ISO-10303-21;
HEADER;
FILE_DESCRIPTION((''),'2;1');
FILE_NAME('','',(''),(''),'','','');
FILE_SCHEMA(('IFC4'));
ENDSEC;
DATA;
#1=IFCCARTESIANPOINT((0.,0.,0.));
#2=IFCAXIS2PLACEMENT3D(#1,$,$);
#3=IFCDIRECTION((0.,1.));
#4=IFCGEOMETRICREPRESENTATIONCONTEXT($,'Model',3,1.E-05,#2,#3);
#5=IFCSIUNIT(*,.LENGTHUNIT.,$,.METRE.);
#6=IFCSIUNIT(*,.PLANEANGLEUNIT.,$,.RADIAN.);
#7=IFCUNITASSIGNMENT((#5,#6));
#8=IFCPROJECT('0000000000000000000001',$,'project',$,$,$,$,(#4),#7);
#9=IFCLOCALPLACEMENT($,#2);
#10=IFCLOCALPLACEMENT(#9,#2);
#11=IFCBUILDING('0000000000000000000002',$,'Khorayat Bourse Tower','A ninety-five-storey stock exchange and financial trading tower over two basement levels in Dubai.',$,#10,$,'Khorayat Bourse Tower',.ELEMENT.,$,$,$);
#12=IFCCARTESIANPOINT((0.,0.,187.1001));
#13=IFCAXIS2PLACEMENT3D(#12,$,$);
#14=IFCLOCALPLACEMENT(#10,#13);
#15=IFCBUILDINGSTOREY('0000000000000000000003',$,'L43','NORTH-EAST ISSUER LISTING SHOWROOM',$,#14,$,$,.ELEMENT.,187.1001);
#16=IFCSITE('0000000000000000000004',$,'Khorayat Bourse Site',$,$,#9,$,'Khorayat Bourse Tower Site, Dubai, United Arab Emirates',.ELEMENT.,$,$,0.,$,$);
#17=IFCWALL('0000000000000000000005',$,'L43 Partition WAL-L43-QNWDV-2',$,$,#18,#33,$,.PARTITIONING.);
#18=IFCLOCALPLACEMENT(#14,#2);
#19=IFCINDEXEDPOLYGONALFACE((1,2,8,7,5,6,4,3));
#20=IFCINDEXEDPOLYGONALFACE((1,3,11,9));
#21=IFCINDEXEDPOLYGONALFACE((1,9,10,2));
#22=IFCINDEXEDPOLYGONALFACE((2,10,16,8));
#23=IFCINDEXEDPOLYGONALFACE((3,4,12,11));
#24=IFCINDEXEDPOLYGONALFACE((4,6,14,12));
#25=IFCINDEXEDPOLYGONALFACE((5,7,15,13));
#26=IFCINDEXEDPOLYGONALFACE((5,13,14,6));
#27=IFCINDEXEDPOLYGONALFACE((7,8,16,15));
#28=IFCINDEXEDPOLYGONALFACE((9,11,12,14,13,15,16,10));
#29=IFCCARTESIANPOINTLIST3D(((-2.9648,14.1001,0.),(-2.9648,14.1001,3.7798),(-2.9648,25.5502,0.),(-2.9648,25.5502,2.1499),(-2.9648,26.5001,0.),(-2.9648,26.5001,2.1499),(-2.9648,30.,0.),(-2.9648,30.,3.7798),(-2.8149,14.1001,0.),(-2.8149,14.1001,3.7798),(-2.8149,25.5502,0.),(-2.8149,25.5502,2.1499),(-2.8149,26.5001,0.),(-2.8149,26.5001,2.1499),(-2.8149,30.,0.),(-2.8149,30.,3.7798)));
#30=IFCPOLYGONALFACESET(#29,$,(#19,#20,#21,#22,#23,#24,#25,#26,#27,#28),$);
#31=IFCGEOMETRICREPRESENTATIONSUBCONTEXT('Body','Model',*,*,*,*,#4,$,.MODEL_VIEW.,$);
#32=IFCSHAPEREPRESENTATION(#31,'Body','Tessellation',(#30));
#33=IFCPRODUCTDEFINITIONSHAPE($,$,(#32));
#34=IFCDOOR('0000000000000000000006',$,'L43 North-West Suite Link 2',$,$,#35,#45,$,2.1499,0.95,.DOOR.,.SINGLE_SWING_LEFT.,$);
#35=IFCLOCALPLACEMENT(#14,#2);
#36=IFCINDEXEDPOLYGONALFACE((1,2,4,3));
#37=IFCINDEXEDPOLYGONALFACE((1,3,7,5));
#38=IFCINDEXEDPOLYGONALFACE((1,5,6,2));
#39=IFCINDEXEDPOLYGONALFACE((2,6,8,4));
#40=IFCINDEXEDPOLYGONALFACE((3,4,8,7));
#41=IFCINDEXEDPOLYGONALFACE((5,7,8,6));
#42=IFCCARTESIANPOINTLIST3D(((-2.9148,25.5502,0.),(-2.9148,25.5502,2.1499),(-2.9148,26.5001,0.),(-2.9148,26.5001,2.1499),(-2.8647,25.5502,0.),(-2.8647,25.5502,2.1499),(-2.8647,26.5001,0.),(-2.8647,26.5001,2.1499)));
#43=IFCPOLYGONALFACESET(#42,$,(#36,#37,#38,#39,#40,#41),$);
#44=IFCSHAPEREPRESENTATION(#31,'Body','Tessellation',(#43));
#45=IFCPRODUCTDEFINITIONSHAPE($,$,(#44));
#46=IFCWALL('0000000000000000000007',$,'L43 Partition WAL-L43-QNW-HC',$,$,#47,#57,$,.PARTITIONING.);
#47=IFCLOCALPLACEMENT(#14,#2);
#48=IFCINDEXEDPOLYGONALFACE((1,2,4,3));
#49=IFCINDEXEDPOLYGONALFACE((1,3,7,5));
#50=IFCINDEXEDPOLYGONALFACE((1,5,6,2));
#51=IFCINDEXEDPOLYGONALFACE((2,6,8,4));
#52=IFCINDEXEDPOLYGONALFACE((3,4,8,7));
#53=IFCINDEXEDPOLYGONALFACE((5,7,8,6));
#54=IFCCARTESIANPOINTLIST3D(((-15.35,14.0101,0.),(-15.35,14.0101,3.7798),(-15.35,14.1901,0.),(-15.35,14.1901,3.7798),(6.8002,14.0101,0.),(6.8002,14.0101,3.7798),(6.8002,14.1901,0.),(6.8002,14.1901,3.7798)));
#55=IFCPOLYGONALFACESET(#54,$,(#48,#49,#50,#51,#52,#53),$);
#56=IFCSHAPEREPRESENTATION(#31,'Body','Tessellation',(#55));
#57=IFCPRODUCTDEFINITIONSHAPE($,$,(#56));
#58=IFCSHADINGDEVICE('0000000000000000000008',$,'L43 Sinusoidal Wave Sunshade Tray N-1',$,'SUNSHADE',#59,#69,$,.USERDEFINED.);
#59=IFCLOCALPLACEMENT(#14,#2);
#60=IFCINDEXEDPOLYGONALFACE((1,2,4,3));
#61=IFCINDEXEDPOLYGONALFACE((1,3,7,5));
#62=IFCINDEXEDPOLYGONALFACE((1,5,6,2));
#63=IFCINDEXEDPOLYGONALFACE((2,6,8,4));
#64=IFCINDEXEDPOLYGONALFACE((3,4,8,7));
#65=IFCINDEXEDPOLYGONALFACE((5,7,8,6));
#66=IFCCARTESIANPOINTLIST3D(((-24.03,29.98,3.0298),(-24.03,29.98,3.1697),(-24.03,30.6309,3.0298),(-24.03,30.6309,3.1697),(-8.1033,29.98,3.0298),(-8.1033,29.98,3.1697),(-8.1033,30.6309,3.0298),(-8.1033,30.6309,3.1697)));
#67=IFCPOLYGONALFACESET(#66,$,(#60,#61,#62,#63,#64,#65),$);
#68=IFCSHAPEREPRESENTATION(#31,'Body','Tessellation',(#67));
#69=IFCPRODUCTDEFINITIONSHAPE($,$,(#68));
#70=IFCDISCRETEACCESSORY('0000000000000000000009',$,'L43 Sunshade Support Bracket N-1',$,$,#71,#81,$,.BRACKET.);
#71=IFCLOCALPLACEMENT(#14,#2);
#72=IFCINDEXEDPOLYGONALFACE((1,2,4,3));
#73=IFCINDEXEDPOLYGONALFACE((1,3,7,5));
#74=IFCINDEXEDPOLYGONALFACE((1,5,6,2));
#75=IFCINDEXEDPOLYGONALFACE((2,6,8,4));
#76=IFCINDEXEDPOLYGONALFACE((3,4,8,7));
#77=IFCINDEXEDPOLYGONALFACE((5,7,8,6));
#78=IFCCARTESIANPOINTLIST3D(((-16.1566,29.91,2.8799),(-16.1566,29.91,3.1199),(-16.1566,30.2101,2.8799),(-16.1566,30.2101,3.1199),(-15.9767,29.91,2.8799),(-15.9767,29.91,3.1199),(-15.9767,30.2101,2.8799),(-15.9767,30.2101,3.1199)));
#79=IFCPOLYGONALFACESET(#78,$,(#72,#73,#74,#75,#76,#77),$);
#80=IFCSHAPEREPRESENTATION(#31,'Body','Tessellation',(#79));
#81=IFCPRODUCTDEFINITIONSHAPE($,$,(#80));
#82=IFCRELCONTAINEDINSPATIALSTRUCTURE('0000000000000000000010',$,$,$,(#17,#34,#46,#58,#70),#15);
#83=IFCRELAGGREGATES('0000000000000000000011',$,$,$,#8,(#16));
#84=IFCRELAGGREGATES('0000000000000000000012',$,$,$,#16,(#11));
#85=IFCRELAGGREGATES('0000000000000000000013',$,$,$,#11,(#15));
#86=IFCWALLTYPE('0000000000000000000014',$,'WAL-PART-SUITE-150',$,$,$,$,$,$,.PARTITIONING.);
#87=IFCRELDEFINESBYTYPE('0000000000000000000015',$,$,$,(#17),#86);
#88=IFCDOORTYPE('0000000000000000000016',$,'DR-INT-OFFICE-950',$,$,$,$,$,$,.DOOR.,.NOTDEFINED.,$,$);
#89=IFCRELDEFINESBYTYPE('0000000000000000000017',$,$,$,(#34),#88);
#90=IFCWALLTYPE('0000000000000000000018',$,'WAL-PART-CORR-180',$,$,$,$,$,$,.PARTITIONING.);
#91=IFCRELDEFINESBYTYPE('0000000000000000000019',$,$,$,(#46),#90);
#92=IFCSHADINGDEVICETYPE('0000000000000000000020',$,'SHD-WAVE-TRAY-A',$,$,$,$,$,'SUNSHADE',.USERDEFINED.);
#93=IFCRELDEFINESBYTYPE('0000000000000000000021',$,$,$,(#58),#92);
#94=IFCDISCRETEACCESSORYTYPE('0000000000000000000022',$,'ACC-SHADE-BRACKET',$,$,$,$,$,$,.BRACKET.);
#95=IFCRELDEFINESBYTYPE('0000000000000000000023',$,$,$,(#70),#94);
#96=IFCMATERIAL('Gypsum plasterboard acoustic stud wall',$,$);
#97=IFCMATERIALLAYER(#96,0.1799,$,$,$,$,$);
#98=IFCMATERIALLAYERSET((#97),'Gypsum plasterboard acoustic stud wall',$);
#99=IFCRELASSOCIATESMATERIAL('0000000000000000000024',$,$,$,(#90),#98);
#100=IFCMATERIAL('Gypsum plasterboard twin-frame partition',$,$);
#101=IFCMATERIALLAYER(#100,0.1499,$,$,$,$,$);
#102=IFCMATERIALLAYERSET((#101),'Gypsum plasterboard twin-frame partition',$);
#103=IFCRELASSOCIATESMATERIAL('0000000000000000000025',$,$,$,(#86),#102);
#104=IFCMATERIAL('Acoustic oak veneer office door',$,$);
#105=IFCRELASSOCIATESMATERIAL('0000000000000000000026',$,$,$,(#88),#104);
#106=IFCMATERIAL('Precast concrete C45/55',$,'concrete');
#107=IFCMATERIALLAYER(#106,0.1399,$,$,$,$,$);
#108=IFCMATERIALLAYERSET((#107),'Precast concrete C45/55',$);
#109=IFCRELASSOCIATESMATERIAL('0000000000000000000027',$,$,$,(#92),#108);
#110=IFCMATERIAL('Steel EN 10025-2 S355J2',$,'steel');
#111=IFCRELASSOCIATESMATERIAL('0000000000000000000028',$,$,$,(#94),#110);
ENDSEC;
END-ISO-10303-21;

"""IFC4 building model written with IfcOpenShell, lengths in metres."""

from ifc_helpers import new_model, si_unit, direction, frame, frame_2d, origin, origin_2d, place, context, subcontext, project, spatial, rectangle, extrude, source, transform, mapped, material, layer, layer_set, type_object, element, fill, save


model = new_model("IFC4")

# Units and contexts
model_context = context("Model", 3, precision=1e-05, world=origin(), true_north=direction((0.0, 1.0)))
body_context = subcontext(model_context, "Body", "Model", "MODEL_VIEW")
ifc_project = project(units=[si_unit("LENGTHUNIT", "METRE"), si_unit("PLANEANGLEUNIT", "RADIAN")], contexts=[model_context])

# Site, building, storey
site_placement = place(None, origin())
site = spatial("IfcSite", under=ifc_project, at=site_placement, Name="Khorayat Bourse Site", LongName="Khorayat Bourse Tower Site, Dubai, United Arab Emirates", CompositionType="ELEMENT", RefElevation=0.0)
building_placement = place(site_placement, origin())
building = spatial("IfcBuilding", under=site, at=building_placement, Name="Khorayat Bourse Tower", Description="A ninety-five-storey stock exchange and financial trading tower over two basement levels in Dubai.", LongName="Khorayat Bourse Tower", CompositionType="ELEMENT")
storey_placement = place(building_placement, frame((0.0, 0.0, 187.1001)))
storey = spatial("IfcBuildingStorey", under=building, at=storey_placement, Name="L43", Description="NORTH-EAST ISSUER LISTING SHOWROOM", CompositionType="ELEMENT", Elevation=187.1001)

# Shared definitions
ifc_material_1 = material(Name="Steel EN 10025-2 S355J2", Category="steel")

# Shared definitions
ifc_material_2 = material(Name="Gypsum plasterboard acoustic stud wall")
ifc_layer_1 = layer(ifc_material_2, 0.1799)
ifc_layer_set_1 = layer_set([ifc_layer_1], Name="Gypsum plasterboard acoustic stud wall")
wall_type_1 = type_object("IfcWallType", Name="WAL-PART-CORR-180", PredefinedType="PARTITIONING", material=ifc_layer_set_1)

# Wall, opening, door
ifc_material_3 = material(Name="Gypsum plasterboard twin-frame partition")
ifc_layer_2 = layer(ifc_material_3, 0.1499)
ifc_layer_set_2 = layer_set([ifc_layer_2], Name="Gypsum plasterboard twin-frame partition")
wall_type_2 = type_object("IfcWallType", Name="WAL-PART-SUITE-150", PredefinedType="PARTITIONING", material=ifc_layer_set_2)
shared_shape_1 = source(origin(), body_context, "Body", "SweptSolid", [
    extrude(rectangle(XDim=15.8999, YDim=0.1499, at=frame_2d((7.95, 0.0))), origin(), (0.0, 0.0, 1.0), 3.7798),
])
shared_shape_2 = source(origin(), body_context, "Body", "SweptSolid", [
    extrude(rectangle(XDim=0.95, YDim=2.1499, at=frame_2d((0.4751, 1.075))), frame((0.0, 0.085, 0.0), z_axis=(0.0, -1.0, 0.0), x_axis=(1.0, 0.0, 0.0)), (0.0, 0.0, 1.0), 0.1699),
])
ifc_material_4 = material(Name="Acoustic oak veneer office door")
door_type_1 = type_object("IfcDoorType", Name="DR-INT-OFFICE-950", OperationType="NOTDEFINED", PredefinedType="DOOR", material=ifc_material_4)
shared_shape_3 = source(origin(), body_context, "Body", "SweptSolid", [
    extrude(rectangle(XDim=0.95, YDim=2.1499, at=frame_2d((0.4751, 1.075))), frame((0.0, 0.0249, 0.0), z_axis=(0.0, -1.0, 0.0), x_axis=(1.0, 0.0, 0.0)), (0.0, 0.0, 1.0), 0.05),
])
wall_1_placement = place(storey_placement, frame((-2.8899, 14.1001, 0.0), z_axis=(0.0, 0.0, 1.0), x_axis=(0.0, 1.0, 0.0)))
wall_1 = element("IfcWall", 1, at=wall_1_placement, inside=storey, type_object=wall_type_2, Name="L43 Partition WAL-L43-QNWDV-2", PredefinedType="PARTITIONING", context=body_context, shape_type="MappedRepresentation", body=[
    mapped(shared_shape_1, transform((0.0, 0.0, 0.0), scale=1.0)),
])
opening_1_placement = place(wall_1_placement, frame((11.45, 0.0, 0.0)))
opening_1 = element("IfcOpeningElement", 2, at=opening_1_placement, cuts=wall_1, PredefinedType="OPENING", context=body_context, shape_type="MappedRepresentation", body=[
    mapped(shared_shape_2, transform((0.0, 0.0, 0.0), scale=1.0)),
])
door_1_placement = place(opening_1_placement, origin())
door_1 = element("IfcDoor", 3, at=door_1_placement, inside=storey, type_object=door_type_1, Name="L43 North-West Suite Link 2", OperationType="SINGLE_SWING_LEFT", OverallHeight=2.1499, OverallWidth=0.95, PredefinedType="DOOR", context=body_context, shape_type="MappedRepresentation", body=[
    mapped(shared_shape_3, transform((0.0, 0.0, 0.0), scale=1.0)),
])
fill(opening_1, door_1)

# Wall
shared_shape_4 = source(origin(), body_context, "Body", "SweptSolid", [
    extrude(rectangle(XDim=22.1501, YDim=0.1799, at=frame_2d((11.0752, 0.0))), origin(), (0.0, 0.0, 1.0), 3.7798),
])
wall_2_placement = place(storey_placement, frame((-15.3501, 14.1001, 0.0), z_axis=(0.0, 0.0, 1.0), x_axis=(1.0, 0.0, 0.0)))
element("IfcWall", 4, at=wall_2_placement, inside=storey, type_object=wall_type_1, Name="L43 Partition WAL-L43-QNW-HC", PredefinedType="PARTITIONING", context=body_context, shape_type="MappedRepresentation", body=[
    mapped(shared_shape_4, transform((0.0, 0.0, 0.0), scale=1.0)),
])

# Shading device
ifc_material_5 = material(Name="Precast concrete C45/55", Category="concrete")
ifc_layer_3 = layer(ifc_material_5, 0.1399)
ifc_layer_set_3 = layer_set([ifc_layer_3], Name="Precast concrete C45/55")
shading_device_type = type_object("IfcShadingDeviceType", Name="SHD-WAVE-TRAY-A", ElementType="SUNSHADE", PredefinedType="USERDEFINED", material=ifc_layer_set_3)
shared_shape_5 = source(origin(), body_context, "Body", "SweptSolid", [
    extrude(rectangle(XDim=15.9268, YDim=0.6509, at=origin_2d()), origin(), (0.0, 0.0, 1.0), 0.1399),
])
shading_device_placement = place(storey_placement, frame((-16.0667, 30.3054, 3.0298), z_axis=(0.0, 0.0, 1.0), x_axis=(1.0, 0.0, 0.0)))
element("IfcShadingDevice", 5, at=shading_device_placement, inside=storey, type_object=shading_device_type, Name="L43 Sinusoidal Wave Sunshade Tray N-1", ObjectType="SUNSHADE", PredefinedType="USERDEFINED", context=body_context, shape_type="MappedRepresentation", body=[
    mapped(shared_shape_5, transform((0.0, 0.0, 0.0), scale=1.0)),
])

# Discrete accessory
discrete_accessory_type = type_object("IfcDiscreteAccessoryType", Name="ACC-SHADE-BRACKET", PredefinedType="BRACKET", material=ifc_material_1)
shared_shape_6 = source(origin(), body_context, "Body", "SweptSolid", [
    extrude(rectangle(XDim=0.1799, YDim=0.3, at=origin_2d()), origin(), (0.0, 0.0, 1.0), 0.24),
])
discrete_accessory_placement = place(storey_placement, frame((-16.0667, 30.0601, 2.8799), z_axis=(0.0, 0.0, 1.0), x_axis=(1.0, 0.0, 0.0)))
element("IfcDiscreteAccessory", 6, at=discrete_accessory_placement, inside=storey, type_object=discrete_accessory_type, Name="L43 Sunshade Support Bracket N-1", PredefinedType="BRACKET", context=body_context, shape_type="MappedRepresentation", body=[
    mapped(shared_shape_6, transform((0.0, 0.0, 0.0), scale=1.0)),
])

save(model, "model.ifc")
